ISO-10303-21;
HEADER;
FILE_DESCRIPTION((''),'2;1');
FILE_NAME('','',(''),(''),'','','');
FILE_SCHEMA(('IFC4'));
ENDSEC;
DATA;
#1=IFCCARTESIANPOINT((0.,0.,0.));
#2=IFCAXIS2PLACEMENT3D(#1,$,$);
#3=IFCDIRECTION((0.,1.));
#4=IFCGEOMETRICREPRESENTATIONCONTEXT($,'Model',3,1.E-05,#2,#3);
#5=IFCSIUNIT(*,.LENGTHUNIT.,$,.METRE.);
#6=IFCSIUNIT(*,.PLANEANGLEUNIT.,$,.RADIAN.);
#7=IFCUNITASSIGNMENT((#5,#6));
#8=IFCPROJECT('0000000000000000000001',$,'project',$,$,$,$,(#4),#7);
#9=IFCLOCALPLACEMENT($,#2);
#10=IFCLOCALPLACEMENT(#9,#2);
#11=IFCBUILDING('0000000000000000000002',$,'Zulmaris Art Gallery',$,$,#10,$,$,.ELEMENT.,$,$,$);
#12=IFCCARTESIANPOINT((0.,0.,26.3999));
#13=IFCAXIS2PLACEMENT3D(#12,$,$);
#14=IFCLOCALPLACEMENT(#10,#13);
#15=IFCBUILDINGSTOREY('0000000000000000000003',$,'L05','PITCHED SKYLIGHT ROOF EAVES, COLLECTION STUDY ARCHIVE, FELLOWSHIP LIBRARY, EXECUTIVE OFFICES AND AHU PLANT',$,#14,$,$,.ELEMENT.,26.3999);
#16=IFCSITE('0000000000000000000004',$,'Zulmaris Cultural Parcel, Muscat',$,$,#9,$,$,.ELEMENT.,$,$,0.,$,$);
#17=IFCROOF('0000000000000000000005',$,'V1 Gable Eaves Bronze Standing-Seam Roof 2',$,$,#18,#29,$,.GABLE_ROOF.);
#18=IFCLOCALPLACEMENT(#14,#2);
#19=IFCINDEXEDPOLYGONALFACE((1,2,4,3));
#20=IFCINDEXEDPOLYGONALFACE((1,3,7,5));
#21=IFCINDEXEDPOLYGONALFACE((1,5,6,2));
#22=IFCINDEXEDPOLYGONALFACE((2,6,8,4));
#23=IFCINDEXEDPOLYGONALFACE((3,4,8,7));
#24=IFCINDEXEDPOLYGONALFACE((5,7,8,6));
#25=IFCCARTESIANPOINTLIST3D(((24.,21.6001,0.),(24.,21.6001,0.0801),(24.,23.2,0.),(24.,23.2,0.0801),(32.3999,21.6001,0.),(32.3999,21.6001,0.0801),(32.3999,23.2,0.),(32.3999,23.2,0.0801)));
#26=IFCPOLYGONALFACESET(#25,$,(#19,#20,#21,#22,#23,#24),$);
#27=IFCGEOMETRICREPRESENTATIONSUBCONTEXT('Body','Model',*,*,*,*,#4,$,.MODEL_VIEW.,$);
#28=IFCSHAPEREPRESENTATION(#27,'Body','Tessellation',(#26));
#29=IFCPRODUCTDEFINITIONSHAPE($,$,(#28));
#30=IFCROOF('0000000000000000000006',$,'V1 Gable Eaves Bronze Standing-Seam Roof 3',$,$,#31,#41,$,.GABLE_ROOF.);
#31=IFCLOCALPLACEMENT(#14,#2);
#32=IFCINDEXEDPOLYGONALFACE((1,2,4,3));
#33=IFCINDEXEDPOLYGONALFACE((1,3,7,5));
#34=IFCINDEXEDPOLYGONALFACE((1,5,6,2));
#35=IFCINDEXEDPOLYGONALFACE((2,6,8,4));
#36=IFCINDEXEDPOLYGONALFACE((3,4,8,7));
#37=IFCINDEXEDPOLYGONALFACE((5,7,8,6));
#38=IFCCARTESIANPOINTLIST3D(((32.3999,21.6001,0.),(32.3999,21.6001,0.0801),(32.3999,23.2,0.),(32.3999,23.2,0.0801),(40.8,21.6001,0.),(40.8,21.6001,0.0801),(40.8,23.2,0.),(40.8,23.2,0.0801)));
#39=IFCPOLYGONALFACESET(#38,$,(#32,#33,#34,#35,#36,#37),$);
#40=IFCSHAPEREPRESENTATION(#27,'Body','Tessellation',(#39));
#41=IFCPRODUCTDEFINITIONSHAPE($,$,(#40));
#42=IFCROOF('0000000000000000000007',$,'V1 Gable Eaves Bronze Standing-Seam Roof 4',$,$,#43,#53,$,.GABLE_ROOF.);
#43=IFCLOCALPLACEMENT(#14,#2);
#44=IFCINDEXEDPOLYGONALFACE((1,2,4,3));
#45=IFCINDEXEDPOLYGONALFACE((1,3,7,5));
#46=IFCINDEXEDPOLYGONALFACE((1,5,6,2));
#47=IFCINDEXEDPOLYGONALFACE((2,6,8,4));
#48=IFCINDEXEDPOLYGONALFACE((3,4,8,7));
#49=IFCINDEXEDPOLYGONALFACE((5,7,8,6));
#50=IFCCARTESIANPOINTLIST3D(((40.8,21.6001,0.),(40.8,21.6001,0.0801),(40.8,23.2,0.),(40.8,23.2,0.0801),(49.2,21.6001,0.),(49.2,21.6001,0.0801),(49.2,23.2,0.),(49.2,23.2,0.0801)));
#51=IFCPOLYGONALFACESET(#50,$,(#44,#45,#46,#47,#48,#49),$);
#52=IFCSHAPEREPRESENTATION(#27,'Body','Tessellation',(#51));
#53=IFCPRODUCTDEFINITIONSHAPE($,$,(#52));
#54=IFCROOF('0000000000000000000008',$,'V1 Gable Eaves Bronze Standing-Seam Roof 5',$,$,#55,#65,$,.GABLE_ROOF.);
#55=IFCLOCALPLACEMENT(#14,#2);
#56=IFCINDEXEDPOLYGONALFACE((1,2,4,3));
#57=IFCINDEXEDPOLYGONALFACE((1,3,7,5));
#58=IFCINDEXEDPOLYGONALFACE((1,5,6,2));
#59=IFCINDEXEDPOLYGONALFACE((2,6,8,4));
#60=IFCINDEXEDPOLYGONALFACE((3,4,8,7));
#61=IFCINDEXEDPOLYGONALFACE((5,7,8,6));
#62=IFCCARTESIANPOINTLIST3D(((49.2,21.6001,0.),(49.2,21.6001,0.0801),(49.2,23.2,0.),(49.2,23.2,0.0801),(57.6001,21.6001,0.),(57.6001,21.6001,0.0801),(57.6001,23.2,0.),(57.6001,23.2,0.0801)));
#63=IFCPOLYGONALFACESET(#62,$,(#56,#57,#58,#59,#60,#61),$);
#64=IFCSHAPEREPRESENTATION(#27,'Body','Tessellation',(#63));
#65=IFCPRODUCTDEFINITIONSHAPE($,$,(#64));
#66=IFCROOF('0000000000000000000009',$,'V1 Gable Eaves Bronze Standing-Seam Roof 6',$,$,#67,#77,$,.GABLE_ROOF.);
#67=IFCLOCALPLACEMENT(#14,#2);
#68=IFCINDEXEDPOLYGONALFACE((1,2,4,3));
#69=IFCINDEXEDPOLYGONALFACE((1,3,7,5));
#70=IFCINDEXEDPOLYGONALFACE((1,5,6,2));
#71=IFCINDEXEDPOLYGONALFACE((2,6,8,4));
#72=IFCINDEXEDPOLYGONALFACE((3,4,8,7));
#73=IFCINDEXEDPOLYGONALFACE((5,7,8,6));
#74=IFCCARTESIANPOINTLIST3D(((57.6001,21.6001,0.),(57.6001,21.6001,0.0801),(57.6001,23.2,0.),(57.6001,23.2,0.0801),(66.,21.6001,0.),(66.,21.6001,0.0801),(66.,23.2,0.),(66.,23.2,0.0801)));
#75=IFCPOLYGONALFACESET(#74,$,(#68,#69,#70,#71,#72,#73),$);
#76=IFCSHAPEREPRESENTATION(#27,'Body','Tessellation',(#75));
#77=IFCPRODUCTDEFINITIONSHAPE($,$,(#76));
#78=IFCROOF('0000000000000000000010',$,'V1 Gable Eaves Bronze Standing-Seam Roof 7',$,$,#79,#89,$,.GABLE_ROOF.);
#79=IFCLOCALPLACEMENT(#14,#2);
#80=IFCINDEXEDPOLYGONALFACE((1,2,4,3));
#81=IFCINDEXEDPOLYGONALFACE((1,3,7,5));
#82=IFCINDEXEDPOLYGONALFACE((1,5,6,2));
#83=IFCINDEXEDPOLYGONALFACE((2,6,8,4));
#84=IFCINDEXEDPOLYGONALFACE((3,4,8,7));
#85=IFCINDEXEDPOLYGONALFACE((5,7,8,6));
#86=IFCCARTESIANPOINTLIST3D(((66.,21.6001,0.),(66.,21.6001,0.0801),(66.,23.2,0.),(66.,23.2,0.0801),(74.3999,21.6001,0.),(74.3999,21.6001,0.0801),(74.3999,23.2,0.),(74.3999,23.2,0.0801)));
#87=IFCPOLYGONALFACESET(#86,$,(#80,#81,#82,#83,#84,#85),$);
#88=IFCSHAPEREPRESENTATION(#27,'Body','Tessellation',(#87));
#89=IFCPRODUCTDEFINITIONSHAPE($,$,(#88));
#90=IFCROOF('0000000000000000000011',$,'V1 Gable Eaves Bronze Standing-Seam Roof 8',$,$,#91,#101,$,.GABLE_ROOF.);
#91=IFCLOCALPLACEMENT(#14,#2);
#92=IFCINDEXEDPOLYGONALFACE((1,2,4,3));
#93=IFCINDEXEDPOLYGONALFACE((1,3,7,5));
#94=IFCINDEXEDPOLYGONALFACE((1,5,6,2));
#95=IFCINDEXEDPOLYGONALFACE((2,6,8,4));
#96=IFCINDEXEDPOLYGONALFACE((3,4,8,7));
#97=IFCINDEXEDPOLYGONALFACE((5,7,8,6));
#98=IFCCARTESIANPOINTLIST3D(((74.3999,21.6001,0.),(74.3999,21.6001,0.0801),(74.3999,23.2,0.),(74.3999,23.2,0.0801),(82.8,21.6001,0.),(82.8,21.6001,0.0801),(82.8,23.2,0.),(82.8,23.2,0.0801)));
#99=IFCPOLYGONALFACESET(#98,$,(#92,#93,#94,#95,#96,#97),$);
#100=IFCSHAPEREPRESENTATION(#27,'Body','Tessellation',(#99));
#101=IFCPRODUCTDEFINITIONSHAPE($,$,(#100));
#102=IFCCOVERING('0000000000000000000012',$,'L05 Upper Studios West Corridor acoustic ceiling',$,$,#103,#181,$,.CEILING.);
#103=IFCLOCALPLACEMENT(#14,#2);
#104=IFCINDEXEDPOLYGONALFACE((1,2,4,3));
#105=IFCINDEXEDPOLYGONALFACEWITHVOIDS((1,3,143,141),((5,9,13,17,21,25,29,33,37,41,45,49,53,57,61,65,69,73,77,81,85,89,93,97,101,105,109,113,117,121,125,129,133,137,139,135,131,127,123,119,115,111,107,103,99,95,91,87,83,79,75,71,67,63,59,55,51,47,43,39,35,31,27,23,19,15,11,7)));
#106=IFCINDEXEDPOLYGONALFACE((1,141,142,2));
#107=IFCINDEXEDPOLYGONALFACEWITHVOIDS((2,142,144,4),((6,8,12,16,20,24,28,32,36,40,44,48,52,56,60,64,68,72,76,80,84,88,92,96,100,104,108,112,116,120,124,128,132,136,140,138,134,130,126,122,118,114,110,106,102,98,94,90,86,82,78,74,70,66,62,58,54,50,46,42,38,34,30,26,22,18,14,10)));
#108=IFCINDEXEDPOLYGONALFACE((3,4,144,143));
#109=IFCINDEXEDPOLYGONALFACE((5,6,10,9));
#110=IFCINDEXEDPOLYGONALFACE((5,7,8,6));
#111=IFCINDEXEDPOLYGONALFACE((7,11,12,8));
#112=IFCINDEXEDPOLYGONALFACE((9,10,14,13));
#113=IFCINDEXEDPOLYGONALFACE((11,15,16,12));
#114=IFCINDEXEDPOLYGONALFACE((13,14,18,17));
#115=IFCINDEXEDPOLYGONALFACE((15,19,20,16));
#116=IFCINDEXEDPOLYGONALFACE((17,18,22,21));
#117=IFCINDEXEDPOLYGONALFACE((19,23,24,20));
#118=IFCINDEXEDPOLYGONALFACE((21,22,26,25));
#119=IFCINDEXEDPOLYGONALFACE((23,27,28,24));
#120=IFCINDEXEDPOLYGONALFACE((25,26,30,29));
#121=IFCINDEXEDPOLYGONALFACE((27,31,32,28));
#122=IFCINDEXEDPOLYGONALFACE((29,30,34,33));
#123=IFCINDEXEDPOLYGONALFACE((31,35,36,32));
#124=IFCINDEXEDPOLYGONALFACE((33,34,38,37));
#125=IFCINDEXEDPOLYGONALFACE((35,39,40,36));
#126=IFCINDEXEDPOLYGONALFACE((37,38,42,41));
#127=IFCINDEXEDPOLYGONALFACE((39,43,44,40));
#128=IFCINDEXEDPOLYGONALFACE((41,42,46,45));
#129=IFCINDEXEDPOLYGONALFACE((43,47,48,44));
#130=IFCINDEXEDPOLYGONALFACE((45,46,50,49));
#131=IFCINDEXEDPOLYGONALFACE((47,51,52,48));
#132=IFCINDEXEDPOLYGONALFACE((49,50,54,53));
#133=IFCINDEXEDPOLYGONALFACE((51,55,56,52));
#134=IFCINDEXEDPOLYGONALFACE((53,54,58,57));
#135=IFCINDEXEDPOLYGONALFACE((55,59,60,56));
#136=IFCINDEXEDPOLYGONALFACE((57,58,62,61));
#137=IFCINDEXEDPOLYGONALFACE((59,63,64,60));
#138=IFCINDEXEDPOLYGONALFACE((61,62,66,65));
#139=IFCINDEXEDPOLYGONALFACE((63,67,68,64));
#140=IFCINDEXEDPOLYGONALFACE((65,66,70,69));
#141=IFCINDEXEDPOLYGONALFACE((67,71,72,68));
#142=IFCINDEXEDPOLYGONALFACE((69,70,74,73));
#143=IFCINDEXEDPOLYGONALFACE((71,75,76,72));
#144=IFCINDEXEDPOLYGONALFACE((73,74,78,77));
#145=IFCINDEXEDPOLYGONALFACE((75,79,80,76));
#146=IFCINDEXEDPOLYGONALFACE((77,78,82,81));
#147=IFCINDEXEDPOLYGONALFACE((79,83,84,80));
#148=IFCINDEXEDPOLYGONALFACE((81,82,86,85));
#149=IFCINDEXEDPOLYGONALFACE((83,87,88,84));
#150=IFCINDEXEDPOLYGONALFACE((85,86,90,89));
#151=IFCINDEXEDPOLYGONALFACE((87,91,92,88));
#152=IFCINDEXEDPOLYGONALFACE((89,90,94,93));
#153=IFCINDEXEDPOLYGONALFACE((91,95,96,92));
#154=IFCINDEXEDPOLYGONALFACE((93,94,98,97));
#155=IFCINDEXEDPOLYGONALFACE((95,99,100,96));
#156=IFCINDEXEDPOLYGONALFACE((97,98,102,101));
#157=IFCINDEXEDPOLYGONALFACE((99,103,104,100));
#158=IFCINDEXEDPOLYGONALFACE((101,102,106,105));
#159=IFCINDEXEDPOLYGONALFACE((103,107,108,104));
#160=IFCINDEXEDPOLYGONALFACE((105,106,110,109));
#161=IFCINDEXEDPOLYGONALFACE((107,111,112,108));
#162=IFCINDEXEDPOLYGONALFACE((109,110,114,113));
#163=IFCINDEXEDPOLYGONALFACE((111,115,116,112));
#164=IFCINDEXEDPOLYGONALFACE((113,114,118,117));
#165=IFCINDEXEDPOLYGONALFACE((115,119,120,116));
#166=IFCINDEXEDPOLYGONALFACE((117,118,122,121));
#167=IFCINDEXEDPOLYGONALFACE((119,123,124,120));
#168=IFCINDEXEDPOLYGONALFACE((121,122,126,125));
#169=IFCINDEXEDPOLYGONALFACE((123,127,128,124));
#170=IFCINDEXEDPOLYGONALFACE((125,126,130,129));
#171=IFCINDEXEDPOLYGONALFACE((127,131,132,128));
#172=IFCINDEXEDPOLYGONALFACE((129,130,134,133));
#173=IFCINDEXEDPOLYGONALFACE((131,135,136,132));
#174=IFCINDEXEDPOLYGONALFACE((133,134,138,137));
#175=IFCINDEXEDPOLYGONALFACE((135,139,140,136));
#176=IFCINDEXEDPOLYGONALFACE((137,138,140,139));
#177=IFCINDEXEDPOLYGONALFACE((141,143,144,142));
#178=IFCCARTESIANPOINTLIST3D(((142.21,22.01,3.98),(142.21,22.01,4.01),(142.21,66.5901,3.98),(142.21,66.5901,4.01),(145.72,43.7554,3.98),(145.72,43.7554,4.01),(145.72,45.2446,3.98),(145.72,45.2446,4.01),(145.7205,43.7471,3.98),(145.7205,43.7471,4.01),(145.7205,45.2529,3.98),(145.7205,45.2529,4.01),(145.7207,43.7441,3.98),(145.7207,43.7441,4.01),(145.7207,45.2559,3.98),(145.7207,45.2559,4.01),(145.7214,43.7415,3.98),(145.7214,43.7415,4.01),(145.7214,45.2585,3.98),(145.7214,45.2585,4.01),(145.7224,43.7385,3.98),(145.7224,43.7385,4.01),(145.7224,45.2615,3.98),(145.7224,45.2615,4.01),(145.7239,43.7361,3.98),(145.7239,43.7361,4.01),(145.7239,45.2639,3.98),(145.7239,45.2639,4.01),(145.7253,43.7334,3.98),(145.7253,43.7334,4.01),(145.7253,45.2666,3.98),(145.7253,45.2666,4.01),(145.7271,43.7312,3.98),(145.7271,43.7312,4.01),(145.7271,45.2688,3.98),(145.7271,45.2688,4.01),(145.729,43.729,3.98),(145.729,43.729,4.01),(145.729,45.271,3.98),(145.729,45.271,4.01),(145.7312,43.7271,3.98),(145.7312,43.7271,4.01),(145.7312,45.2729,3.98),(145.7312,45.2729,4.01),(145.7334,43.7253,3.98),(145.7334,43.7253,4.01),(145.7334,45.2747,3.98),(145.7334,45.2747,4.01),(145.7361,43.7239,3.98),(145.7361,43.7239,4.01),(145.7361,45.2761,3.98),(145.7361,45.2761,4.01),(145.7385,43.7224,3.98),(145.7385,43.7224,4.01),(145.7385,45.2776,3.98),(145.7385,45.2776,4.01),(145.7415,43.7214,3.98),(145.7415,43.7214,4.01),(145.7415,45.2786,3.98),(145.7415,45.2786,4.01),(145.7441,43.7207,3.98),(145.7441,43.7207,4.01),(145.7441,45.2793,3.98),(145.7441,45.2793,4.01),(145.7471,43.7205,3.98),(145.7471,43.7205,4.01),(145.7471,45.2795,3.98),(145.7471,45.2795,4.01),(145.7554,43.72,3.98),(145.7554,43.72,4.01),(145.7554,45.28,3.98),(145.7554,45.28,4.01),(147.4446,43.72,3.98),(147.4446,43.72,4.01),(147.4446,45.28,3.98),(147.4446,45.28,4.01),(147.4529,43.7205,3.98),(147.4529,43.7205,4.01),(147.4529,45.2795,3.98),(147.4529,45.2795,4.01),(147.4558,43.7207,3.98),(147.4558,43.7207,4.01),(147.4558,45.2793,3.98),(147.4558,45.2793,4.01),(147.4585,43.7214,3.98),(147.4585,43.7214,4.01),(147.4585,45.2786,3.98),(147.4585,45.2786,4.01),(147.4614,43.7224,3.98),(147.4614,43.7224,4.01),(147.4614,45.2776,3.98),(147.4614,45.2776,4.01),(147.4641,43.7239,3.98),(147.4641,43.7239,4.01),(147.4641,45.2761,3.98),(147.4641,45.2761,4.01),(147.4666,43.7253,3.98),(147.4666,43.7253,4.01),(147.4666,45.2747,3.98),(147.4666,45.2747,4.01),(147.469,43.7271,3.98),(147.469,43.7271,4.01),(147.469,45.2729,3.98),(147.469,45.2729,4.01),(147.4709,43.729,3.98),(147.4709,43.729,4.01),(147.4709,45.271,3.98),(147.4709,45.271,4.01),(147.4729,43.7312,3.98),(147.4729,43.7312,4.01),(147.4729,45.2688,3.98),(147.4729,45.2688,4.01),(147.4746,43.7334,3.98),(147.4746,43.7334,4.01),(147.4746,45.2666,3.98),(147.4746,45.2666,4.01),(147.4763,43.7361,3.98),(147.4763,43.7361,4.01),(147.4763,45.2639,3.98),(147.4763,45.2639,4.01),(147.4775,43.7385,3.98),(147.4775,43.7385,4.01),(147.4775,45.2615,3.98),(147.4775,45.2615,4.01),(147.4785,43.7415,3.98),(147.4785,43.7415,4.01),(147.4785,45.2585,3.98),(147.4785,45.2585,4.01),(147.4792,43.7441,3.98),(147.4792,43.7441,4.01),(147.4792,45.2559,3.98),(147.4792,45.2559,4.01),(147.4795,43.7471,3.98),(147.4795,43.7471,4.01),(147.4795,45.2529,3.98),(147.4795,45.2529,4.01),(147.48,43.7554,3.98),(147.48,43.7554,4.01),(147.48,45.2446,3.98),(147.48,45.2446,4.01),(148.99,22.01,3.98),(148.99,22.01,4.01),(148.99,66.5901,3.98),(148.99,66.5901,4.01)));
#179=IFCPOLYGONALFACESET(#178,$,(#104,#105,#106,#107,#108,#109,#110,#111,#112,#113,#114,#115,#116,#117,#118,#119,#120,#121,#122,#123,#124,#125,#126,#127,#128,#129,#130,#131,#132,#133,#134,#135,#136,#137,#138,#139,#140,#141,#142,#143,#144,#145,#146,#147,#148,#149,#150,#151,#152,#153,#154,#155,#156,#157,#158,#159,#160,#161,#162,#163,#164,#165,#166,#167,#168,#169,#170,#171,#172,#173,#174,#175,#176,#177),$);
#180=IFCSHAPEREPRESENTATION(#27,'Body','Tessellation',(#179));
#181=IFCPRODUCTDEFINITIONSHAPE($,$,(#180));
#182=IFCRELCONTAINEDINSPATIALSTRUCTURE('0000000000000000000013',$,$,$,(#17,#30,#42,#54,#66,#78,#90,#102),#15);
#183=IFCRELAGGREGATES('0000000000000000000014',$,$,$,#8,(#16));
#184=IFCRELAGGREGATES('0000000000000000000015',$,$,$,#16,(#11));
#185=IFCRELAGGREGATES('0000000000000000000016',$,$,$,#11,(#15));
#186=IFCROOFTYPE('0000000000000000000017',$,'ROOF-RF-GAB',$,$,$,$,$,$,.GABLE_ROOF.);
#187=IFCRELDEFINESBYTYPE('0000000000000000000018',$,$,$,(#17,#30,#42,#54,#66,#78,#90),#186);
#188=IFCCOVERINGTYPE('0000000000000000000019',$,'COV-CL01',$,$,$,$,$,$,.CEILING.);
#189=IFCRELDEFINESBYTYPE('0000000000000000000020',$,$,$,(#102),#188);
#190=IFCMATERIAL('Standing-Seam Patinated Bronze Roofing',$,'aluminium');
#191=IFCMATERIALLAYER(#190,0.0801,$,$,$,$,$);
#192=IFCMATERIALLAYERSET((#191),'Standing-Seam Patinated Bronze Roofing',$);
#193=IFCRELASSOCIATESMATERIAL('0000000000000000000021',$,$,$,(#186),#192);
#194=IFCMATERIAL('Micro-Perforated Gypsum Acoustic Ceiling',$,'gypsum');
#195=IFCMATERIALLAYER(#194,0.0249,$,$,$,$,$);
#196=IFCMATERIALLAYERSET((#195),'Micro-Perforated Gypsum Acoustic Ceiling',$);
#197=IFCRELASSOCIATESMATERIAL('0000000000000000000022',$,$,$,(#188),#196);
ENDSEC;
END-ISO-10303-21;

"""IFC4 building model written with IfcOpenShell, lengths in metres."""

from ifc_helpers import new_model, si_unit, direction, frame, origin, place, context, subcontext, project, spatial, polyline, outline, extrude, material, layer, layer_set, type_object, element, save


model = new_model("IFC4")

# Units and contexts
model_context = context("Model", 3, precision=1e-05, world=origin(), true_north=direction((0.0, 1.0)))
body_context = subcontext(model_context, "Body", "Model", "MODEL_VIEW")
ifc_project = project(units=[si_unit("LENGTHUNIT", "METRE"), si_unit("PLANEANGLEUNIT", "RADIAN")], contexts=[model_context])

# Site, building, storey
site_placement = place(None, origin())
site = spatial("IfcSite", under=ifc_project, at=site_placement, Name="Zulmaris Cultural Parcel, Muscat", CompositionType="ELEMENT", RefElevation=0.0)
building_placement = place(site_placement, origin())
building = spatial("IfcBuilding", under=site, at=building_placement, Name="Zulmaris Art Gallery", CompositionType="ELEMENT")
storey_placement = place(building_placement, frame((0.0, 0.0, 26.3999)))
storey = spatial("IfcBuildingStorey", under=building, at=storey_placement, Name="L05", Description="PITCHED SKYLIGHT ROOF EAVES, COLLECTION STUDY ARCHIVE, FELLOWSHIP LIBRARY, EXECUTIVE OFFICES AND AHU PLANT", CompositionType="ELEMENT", Elevation=26.3999)

# Roofs
ifc_material_1 = material(Name="Standing-Seam Patinated Bronze Roofing", Category="aluminium")
ifc_layer_1 = layer(ifc_material_1, 0.0801)
ifc_layer_set_1 = layer_set([ifc_layer_1], Name="Standing-Seam Patinated Bronze Roofing")
roof_type = type_object("IfcRoofType", Name="ROOF-RF-GAB", PredefinedType="GABLE_ROOF", material=ifc_layer_set_1)
roof_1_placement = place(storey_placement, origin())
element("IfcRoof", 1, at=roof_1_placement, inside=storey, type_object=roof_type, Name="V1 Gable Eaves Bronze Standing-Seam Roof 2", PredefinedType="GABLE_ROOF", context=body_context, shape_type="SweptSolid", body=[
    extrude(outline(polyline([(24.0, 21.6001), (32.3999, 21.6001), (32.3999, 23.2), (24.0, 23.2), (24.0, 21.6001)])), origin(), (0.0, 0.0, 1.0), 0.0801),
])
roof_2_placement = place(storey_placement, origin())
element("IfcRoof", 2, at=roof_2_placement, inside=storey, type_object=roof_type, Name="V1 Gable Eaves Bronze Standing-Seam Roof 3", PredefinedType="GABLE_ROOF", context=body_context, shape_type="SweptSolid", body=[
    extrude(outline(polyline([(32.3999, 21.6001), (40.8, 21.6001), (40.8, 23.2), (32.3999, 23.2), (32.3999, 21.6001)])), origin(), (0.0, 0.0, 1.0), 0.0801),
])
roof_3_placement = place(storey_placement, origin())
element("IfcRoof", 3, at=roof_3_placement, inside=storey, type_object=roof_type, Name="V1 Gable Eaves Bronze Standing-Seam Roof 4", PredefinedType="GABLE_ROOF", context=body_context, shape_type="SweptSolid", body=[
    extrude(outline(polyline([(40.8, 21.6001), (49.2, 21.6001), (49.2, 23.2), (40.8, 23.2), (40.8, 21.6001)])), origin(), (0.0, 0.0, 1.0), 0.0801),
])
roof_4_placement = place(storey_placement, origin())
element("IfcRoof", 4, at=roof_4_placement, inside=storey, type_object=roof_type, Name="V1 Gable Eaves Bronze Standing-Seam Roof 5", PredefinedType="GABLE_ROOF", context=body_context, shape_type="SweptSolid", body=[
    extrude(outline(polyline([(49.2, 21.6001), (57.6001, 21.6001), (57.6001, 23.2), (49.2, 23.2), (49.2, 21.6001)])), origin(), (0.0, 0.0, 1.0), 0.0801),
])
roof_5_placement = place(storey_placement, origin())
element("IfcRoof", 5, at=roof_5_placement, inside=storey, type_object=roof_type, Name="V1 Gable Eaves Bronze Standing-Seam Roof 6", PredefinedType="GABLE_ROOF", context=body_context, shape_type="SweptSolid", body=[
    extrude(outline(polyline([(57.6001, 21.6001), (66.0, 21.6001), (66.0, 23.2), (57.6001, 23.2), (57.6001, 21.6001)])), origin(), (0.0, 0.0, 1.0), 0.0801),
])
roof_6_placement = place(storey_placement, origin())
element("IfcRoof", 6, at=roof_6_placement, inside=storey, type_object=roof_type, Name="V1 Gable Eaves Bronze Standing-Seam Roof 7", PredefinedType="GABLE_ROOF", context=body_context, shape_type="SweptSolid", body=[
    extrude(outline(polyline([(66.0, 21.6001), (74.3999, 21.6001), (74.3999, 23.2), (66.0, 23.2), (66.0, 21.6001)])), origin(), (0.0, 0.0, 1.0), 0.0801),
])
roof_7_placement = place(storey_placement, origin())
element("IfcRoof", 7, at=roof_7_placement, inside=storey, type_object=roof_type, Name="V1 Gable Eaves Bronze Standing-Seam Roof 8", PredefinedType="GABLE_ROOF", context=body_context, shape_type="SweptSolid", body=[
    extrude(outline(polyline([(74.3999, 21.6001), (82.8, 21.6001), (82.8, 23.2), (74.3999, 23.2), (74.3999, 21.6001)])), origin(), (0.0, 0.0, 1.0), 0.0801),
])

# Covering
ifc_material_2 = material(Name="Micro-Perforated Gypsum Acoustic Ceiling", Category="gypsum")
ifc_layer_2 = layer(ifc_material_2, 0.0249)
ifc_layer_set_2 = layer_set([ifc_layer_2], Name="Micro-Perforated Gypsum Acoustic Ceiling")
covering_type_1 = type_object("IfcCoveringType", Name="COV-CL01", PredefinedType="CEILING", material=ifc_layer_set_2)
covering_1_placement = place(storey_placement, frame((0.0, 0.0, 3.98)))
element("IfcCovering", 8, at=covering_1_placement, inside=storey, type_object=covering_type_1, Name="L05 Upper Studios West Corridor acoustic ceiling", PredefinedType="CEILING", context=body_context, shape_type="SweptSolid", body=[
    extrude(outline(polyline([(142.21, 66.5901), (148.99, 66.5901), (148.99, 22.01), (142.21, 22.01), (142.21, 66.5901)]), holes=[polyline([(145.7415, 45.2786), (145.7385, 45.2776), (145.7361, 45.2761), (145.7334, 45.2747), (145.7312, 45.2729), (145.729, 45.271), (145.7271, 45.2688), (145.7253, 45.2666), (145.7239, 45.2639), (145.7224, 45.2615), (145.7214, 45.2585), (145.7207, 45.2559), (145.7205, 45.2529), (145.72, 45.2446), (145.72, 43.7554), (145.7205, 43.7471), (145.7207, 43.7441), (145.7214, 43.7415), (145.7224, 43.7385), (145.7239, 43.7361), (145.7253, 43.7334), (145.7271, 43.7312), (145.729, 43.729), (145.7312, 43.7271), (145.7334, 43.7253), (145.7361, 43.7239), (145.7385, 43.7224), (145.7415, 43.7214), (145.7441, 43.7207), (145.7471, 43.7205), (145.7554, 43.72), (147.4446, 43.72), (147.4529, 43.7205), (147.4558, 43.7207), (147.4585, 43.7214), (147.4614, 43.7224), (147.4641, 43.7239), (147.4666, 43.7253), (147.469, 43.7271), (147.4709, 43.729), (147.4729, 43.7312), (147.4746, 43.7334), (147.4763, 43.7361), (147.4775, 43.7385), (147.4785, 43.7415), (147.4792, 43.7441), (147.4795, 43.7471), (147.48, 43.7554), (147.48, 45.2446), (147.4795, 45.2529), (147.4792, 45.2559), (147.4785, 45.2585), (147.4775, 45.2615), (147.4763, 45.2639), (147.4746, 45.2666), (147.4729, 45.2688), (147.4709, 45.271), (147.469, 45.2729), (147.4666, 45.2747), (147.4641, 45.2761), (147.4614, 45.2776), (147.4585, 45.2786), (147.4558, 45.2793), (147.4529, 45.2795), (147.4446, 45.28), (145.7554, 45.28), (145.7471, 45.2795), (145.7441, 45.2793), (145.7415, 45.2786)])]), origin(), (0.0, 0.0, 1.0), 0.03),
])

save(model, "model.ifc")
